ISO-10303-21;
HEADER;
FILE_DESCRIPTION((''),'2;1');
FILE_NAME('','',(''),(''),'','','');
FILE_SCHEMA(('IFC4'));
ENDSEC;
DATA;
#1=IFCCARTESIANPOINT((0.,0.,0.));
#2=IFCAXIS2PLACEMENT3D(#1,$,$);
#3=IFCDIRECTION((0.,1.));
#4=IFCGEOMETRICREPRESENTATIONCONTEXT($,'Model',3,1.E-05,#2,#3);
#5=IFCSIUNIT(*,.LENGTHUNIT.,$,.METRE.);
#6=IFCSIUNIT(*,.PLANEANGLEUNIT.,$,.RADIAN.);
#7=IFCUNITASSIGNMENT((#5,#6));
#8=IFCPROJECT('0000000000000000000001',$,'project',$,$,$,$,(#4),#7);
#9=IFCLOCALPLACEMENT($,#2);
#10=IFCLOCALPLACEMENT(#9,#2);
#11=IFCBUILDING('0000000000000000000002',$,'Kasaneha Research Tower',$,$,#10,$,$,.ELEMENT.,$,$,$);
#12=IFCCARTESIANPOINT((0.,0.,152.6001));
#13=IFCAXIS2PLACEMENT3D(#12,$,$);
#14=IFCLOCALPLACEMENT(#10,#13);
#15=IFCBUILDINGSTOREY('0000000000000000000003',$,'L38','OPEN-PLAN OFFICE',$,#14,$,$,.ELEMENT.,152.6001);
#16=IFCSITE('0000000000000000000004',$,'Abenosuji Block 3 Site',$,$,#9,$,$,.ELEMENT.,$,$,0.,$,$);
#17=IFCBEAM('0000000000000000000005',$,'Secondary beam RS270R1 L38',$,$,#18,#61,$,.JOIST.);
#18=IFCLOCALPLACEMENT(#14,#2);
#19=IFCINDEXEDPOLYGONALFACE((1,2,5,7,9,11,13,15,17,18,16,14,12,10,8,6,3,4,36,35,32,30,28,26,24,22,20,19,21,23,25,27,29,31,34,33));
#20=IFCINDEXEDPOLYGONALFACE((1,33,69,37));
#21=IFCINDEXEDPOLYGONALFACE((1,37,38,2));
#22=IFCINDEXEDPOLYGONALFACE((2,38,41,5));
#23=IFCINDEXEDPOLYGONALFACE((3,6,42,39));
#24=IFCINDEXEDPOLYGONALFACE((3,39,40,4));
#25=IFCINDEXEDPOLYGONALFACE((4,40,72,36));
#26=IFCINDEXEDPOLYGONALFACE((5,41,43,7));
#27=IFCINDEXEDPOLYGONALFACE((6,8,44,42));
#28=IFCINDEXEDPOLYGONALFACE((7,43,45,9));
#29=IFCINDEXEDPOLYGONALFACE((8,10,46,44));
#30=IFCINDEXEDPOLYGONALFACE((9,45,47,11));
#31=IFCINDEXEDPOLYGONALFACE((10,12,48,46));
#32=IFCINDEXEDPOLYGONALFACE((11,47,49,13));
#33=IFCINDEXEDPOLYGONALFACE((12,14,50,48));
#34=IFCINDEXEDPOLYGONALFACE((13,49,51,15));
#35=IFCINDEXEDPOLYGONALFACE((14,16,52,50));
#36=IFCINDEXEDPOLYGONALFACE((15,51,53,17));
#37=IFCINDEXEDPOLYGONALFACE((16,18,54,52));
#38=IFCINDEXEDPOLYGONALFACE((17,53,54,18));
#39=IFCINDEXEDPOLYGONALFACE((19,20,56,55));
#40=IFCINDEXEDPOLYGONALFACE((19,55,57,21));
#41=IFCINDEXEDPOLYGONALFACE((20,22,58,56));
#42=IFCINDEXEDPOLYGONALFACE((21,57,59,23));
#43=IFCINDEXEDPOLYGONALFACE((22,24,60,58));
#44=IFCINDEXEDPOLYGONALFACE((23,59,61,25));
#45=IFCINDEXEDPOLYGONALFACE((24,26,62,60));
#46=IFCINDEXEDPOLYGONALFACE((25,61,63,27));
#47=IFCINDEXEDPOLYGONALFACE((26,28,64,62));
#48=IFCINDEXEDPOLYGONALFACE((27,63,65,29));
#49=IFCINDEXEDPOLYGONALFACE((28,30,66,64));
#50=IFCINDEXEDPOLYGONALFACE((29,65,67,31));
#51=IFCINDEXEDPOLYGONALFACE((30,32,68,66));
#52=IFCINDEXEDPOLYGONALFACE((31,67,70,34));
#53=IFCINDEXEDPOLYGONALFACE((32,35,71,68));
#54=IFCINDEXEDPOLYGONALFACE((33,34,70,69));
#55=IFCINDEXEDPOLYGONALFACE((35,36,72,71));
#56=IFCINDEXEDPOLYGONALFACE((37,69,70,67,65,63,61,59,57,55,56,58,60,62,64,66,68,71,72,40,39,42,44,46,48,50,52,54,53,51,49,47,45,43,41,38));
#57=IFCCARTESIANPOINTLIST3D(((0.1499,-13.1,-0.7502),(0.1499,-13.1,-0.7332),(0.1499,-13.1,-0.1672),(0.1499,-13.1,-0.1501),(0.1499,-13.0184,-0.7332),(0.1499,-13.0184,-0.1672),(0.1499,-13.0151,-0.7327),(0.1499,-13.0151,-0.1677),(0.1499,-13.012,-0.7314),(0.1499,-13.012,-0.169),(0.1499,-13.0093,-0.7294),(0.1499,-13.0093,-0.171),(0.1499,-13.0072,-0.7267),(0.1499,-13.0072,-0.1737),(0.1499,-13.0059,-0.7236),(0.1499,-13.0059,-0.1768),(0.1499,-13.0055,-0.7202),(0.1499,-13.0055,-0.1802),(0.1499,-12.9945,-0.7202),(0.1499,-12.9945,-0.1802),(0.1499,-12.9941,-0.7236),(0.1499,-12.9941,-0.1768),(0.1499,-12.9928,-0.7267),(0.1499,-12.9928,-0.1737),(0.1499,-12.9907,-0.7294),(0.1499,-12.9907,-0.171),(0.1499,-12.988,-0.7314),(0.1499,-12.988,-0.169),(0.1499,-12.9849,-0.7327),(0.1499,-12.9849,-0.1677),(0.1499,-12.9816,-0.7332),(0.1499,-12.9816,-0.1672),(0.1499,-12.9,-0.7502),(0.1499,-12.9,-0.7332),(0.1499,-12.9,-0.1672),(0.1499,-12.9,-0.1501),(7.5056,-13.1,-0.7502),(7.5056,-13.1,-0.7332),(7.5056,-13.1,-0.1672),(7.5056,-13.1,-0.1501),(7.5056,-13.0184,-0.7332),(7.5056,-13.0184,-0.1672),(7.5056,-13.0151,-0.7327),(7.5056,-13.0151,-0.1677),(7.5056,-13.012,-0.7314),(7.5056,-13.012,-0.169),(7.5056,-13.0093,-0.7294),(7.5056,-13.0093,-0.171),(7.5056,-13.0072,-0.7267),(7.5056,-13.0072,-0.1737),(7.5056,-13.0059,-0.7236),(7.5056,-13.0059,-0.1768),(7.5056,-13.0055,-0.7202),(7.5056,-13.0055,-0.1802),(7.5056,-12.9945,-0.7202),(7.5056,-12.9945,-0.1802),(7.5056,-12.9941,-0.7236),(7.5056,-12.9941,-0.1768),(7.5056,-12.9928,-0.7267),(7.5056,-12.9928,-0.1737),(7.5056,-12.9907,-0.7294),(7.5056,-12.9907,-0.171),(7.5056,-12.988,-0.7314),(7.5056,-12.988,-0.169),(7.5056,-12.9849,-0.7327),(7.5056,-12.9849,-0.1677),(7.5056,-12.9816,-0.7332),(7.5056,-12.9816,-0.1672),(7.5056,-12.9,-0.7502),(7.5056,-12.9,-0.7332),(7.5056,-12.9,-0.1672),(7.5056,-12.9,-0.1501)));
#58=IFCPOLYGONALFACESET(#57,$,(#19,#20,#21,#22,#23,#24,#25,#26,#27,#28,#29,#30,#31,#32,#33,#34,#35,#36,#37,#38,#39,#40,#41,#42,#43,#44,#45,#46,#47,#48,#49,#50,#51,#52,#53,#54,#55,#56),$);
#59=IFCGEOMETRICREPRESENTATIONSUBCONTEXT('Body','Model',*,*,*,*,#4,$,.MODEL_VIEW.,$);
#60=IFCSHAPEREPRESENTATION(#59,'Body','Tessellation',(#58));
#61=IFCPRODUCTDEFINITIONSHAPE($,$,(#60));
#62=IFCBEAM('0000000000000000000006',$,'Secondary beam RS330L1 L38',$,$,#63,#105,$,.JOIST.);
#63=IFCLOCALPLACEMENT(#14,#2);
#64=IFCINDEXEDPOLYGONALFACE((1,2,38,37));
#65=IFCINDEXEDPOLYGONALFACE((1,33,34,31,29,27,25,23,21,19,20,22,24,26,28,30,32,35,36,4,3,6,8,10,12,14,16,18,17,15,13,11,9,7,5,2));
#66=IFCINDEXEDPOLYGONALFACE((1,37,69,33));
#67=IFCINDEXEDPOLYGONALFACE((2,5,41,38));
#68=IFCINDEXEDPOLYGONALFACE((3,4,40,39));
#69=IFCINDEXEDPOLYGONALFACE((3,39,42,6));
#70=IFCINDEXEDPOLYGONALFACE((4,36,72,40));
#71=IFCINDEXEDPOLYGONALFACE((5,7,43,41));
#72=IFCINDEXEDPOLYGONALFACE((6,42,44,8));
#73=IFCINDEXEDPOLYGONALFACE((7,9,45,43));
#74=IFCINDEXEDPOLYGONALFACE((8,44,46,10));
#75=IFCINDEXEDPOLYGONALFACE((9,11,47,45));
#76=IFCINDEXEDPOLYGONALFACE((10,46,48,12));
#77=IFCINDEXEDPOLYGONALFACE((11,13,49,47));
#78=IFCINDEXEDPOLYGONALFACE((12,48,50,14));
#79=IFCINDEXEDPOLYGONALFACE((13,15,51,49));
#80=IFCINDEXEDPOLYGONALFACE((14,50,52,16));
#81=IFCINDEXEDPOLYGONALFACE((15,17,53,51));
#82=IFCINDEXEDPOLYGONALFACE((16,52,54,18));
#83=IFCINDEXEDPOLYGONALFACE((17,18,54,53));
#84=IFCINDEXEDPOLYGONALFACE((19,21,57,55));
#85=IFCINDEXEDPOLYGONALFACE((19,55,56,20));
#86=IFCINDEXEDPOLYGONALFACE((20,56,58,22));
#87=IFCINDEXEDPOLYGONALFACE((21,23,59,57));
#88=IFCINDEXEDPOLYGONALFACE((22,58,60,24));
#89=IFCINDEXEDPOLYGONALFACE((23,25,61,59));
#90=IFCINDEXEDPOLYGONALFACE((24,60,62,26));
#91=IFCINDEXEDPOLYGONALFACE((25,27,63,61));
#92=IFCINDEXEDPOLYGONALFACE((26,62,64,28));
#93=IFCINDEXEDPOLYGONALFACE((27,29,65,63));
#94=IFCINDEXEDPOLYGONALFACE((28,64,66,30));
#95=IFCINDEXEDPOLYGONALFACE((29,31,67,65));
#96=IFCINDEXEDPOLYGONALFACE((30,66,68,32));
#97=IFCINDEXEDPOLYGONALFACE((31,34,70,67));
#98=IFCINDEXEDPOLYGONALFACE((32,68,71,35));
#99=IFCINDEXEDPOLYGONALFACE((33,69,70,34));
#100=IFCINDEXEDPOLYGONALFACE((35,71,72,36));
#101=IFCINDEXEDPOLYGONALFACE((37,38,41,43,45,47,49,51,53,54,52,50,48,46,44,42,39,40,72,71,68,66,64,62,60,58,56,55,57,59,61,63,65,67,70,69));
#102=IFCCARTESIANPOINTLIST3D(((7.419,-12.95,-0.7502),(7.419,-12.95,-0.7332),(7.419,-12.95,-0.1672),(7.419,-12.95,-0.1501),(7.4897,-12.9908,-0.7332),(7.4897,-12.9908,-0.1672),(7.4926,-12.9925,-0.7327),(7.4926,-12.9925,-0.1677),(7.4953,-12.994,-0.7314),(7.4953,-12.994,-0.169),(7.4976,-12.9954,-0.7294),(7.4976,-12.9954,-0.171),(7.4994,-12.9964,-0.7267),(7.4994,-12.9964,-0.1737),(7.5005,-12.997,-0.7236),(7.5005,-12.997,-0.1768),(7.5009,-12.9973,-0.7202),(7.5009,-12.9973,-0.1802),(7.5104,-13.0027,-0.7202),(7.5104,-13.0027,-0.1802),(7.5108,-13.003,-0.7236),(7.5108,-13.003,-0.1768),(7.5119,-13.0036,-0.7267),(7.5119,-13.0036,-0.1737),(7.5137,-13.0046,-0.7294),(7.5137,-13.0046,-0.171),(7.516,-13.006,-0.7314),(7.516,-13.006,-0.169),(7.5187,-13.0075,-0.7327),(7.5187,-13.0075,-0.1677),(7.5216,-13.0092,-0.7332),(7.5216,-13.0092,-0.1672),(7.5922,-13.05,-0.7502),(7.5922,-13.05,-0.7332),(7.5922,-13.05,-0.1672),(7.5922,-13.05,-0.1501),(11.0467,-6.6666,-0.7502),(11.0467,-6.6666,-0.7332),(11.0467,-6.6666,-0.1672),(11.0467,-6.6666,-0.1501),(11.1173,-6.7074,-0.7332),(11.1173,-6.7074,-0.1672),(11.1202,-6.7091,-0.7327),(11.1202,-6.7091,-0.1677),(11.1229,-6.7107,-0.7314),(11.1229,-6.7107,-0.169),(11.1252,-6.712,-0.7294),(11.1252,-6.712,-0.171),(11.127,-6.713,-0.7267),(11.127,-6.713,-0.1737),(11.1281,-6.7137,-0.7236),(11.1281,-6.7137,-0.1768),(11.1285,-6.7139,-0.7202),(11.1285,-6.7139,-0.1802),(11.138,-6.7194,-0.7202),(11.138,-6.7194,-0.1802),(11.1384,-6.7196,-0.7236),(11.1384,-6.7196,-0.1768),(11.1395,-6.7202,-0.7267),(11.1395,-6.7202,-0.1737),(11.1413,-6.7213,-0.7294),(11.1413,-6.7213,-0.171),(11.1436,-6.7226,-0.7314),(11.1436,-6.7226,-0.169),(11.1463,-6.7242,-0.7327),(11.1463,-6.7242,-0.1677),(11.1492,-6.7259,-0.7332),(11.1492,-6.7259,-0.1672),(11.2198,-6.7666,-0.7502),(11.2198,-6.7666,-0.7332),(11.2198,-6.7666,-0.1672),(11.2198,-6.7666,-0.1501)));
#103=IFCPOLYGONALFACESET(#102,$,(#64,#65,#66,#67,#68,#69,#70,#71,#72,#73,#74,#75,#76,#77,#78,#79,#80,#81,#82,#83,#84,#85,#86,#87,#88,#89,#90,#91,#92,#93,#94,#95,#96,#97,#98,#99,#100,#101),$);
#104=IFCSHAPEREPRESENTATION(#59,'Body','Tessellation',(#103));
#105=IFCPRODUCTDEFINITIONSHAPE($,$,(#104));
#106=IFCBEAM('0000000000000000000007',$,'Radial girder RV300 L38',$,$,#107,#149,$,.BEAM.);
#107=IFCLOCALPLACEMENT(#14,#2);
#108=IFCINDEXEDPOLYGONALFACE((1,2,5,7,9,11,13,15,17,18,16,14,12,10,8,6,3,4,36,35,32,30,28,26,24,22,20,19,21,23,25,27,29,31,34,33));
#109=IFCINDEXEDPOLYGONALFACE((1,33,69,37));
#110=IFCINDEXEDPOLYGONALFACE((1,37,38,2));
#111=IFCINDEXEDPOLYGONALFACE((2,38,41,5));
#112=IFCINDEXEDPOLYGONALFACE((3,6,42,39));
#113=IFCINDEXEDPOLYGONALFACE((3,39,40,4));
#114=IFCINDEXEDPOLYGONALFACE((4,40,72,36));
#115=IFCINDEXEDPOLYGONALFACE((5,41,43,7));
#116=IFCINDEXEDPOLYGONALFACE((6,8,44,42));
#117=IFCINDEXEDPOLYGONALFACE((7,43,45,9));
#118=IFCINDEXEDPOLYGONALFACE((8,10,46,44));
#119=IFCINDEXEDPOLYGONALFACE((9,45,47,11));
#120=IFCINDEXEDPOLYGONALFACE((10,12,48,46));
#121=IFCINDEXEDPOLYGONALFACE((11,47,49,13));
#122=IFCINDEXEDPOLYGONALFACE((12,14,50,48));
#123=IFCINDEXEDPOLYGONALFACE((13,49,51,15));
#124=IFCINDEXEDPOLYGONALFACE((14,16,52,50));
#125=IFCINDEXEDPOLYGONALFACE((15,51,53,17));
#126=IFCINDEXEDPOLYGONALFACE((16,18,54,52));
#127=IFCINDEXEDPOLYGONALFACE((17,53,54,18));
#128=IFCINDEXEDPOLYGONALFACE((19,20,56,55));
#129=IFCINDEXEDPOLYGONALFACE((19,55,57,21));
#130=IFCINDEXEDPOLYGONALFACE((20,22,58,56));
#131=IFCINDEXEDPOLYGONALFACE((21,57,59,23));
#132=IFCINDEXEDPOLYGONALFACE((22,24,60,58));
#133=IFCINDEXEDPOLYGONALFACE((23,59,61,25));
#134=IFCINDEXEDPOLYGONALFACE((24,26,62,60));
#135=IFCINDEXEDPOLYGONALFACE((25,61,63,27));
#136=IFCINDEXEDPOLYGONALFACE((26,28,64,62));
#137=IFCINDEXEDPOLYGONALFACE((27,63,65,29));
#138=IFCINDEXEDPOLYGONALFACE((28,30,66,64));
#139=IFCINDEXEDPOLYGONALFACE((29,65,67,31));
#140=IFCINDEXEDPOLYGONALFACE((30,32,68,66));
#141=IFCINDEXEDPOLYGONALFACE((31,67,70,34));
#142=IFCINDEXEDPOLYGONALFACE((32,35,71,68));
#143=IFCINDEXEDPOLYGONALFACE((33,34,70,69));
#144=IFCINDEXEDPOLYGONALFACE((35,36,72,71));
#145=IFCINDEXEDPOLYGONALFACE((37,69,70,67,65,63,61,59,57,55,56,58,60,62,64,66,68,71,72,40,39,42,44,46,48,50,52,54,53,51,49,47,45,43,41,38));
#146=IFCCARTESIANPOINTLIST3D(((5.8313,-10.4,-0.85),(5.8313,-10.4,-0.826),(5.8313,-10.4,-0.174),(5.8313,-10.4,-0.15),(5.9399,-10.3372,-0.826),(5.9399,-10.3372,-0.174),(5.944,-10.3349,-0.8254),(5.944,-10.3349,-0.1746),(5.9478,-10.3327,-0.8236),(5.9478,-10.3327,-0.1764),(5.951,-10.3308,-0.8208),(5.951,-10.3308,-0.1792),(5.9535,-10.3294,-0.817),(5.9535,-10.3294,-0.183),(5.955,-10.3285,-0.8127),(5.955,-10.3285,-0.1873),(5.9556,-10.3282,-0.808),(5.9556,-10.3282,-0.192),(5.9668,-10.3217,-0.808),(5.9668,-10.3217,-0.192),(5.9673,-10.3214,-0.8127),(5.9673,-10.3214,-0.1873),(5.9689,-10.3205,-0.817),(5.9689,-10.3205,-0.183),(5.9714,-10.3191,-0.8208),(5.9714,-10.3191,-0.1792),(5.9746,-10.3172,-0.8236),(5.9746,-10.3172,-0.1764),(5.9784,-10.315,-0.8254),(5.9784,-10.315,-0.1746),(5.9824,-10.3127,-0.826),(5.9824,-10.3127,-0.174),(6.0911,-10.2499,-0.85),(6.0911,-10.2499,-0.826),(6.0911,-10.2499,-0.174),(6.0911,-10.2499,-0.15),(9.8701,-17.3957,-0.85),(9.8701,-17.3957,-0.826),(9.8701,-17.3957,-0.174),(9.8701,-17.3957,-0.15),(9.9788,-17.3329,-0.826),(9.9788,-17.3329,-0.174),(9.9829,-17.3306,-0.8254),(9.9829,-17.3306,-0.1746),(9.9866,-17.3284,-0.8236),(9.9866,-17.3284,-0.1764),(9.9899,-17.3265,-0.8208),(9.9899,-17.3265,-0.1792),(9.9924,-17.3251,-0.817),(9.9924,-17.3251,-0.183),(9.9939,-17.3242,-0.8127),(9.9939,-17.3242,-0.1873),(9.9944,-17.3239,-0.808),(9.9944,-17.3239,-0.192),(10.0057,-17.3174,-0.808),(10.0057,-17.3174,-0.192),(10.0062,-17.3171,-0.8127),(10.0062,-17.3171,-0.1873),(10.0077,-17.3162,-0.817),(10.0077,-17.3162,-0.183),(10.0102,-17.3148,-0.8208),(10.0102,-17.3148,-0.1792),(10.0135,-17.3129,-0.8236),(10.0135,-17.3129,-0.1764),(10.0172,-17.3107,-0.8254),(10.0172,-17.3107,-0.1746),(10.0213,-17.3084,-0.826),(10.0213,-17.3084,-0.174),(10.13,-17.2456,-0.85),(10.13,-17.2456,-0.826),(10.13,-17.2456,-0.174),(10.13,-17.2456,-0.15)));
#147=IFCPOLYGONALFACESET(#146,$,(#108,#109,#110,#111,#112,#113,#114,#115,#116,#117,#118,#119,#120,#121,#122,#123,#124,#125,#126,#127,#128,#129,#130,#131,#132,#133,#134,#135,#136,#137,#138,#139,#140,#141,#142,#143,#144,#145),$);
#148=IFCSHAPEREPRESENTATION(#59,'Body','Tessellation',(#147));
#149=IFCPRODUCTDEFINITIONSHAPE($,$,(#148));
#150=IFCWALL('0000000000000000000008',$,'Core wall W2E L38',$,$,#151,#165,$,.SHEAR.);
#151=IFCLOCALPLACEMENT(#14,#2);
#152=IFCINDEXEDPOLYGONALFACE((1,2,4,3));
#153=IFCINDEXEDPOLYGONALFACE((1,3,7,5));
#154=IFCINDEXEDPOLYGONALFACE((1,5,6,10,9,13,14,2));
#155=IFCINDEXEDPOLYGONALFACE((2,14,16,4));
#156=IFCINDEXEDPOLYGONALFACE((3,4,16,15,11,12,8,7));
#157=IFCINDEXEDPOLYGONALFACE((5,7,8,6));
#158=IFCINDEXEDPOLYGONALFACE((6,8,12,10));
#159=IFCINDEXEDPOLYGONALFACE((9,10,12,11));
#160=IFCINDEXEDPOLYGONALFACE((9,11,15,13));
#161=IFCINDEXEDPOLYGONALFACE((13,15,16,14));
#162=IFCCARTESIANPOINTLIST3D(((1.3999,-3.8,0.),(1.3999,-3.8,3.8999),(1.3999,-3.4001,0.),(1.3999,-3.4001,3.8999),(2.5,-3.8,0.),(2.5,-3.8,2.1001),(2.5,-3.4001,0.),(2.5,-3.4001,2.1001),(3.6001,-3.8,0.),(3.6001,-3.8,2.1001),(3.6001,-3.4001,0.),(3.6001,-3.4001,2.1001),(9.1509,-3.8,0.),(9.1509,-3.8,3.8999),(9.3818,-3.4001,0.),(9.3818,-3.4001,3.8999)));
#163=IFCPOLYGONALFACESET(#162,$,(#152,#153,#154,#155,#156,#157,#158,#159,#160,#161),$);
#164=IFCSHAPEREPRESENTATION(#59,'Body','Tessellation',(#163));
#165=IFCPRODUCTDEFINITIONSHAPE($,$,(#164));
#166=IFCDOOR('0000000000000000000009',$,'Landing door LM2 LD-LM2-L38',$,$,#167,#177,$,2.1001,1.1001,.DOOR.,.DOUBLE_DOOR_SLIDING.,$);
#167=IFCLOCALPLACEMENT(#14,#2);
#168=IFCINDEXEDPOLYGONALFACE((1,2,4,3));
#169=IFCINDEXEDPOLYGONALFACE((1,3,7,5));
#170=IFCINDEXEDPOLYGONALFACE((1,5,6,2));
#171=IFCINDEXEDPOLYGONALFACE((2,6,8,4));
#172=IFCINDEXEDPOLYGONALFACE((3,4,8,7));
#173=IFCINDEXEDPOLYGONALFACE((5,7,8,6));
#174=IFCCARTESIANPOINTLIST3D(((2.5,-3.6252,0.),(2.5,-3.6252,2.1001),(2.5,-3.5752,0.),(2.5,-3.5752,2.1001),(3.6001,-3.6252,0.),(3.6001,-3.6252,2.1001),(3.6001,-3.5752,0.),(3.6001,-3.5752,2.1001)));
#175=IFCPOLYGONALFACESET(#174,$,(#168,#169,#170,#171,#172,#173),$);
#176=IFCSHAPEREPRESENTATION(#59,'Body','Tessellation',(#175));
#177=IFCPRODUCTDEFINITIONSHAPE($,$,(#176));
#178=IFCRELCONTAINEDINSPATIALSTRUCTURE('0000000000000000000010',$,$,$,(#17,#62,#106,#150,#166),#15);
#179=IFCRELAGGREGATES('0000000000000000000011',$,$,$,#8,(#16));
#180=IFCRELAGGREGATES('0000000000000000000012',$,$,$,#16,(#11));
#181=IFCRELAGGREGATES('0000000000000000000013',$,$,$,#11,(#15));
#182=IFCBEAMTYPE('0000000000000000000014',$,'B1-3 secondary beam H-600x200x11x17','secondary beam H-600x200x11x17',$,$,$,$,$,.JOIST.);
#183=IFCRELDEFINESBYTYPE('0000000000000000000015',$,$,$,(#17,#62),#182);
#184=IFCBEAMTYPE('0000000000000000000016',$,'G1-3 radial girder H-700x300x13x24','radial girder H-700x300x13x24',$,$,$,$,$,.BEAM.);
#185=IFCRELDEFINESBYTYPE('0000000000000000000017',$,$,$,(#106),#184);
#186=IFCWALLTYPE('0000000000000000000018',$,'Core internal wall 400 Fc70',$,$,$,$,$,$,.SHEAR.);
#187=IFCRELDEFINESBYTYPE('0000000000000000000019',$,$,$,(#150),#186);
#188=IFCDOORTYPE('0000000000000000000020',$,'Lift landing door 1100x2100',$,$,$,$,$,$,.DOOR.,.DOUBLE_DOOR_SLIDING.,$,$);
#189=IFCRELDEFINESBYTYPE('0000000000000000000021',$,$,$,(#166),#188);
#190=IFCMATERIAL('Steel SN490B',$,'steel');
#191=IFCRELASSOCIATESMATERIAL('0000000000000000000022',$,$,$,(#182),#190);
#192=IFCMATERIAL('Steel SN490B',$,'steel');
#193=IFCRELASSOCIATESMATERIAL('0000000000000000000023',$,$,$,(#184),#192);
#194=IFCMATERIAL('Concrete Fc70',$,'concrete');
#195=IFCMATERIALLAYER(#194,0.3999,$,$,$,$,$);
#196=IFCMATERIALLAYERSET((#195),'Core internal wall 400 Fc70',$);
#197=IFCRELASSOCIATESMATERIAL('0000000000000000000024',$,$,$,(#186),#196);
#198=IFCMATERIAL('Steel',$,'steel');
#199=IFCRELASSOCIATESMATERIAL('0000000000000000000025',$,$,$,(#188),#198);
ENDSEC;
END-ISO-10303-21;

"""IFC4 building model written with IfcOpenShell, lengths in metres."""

from ifc_helpers import new_model, si_unit, direction, frame, frame_2d, origin, origin_2d, place, context, subcontext, project, spatial, polyline, rectangle, i_section, outline, extrude, material, layer, layer_set, material_profile, profile_set, type_object, element, fill, save


model = new_model("IFC4")

# Units and contexts
model_context = context("Model", 3, precision=1e-05, world=origin(), true_north=direction((0.0, 1.0)))
body_context = subcontext(model_context, "Body", "Model", "MODEL_VIEW")
ifc_project = project(units=[si_unit("LENGTHUNIT", "METRE"), si_unit("PLANEANGLEUNIT", "RADIAN")], contexts=[model_context])

# Site, building, storey
site_placement = place(None, origin())
site = spatial("IfcSite", under=ifc_project, at=site_placement, Name="Abenosuji Block 3 Site", CompositionType="ELEMENT", RefElevation=0.0)
building_placement = place(site_placement, origin())
building = spatial("IfcBuilding", under=site, at=building_placement, Name="Kasaneha Research Tower", CompositionType="ELEMENT")
storey_placement = place(building_placement, frame((0.0, 0.0, 152.6001)))
storey = spatial("IfcBuildingStorey", under=building, at=storey_placement, Name="L38", Description="OPEN-PLAN OFFICE", CompositionType="ELEMENT", Elevation=152.6001)

# Beams
ifc_material_1 = material(Name="Steel SN490B", Category="steel")
ifc_material_profile_1 = material_profile(ifc_material_1, i_section(OverallWidth=0.2, OverallDepth=0.6001, WebThickness=0.011, FlangeThickness=0.0171, FilletRadius=0.0129, at=origin_2d()), Name="H-600x200x11x17")
ifc_profile_set_1 = profile_set([ifc_material_profile_1], Name="Steel SN490B")
beam_type_1 = type_object("IfcBeamType", Name="B1-3 secondary beam H-600x200x11x17", Description="secondary beam H-600x200x11x17", PredefinedType="JOIST", material=ifc_profile_set_1)
beam_1_placement = place(storey_placement, frame((7.5056, -13.0, -0.4502), z_axis=(-1.0, 0.0, 0.0), x_axis=(0.0, -1.0, 0.0)))
element("IfcBeam", 1, at=beam_1_placement, inside=storey, type_object=beam_type_1, Name="Secondary beam RS270R1 L38", PredefinedType="JOIST", context=body_context, shape_type="SweptSolid", body=[
    extrude(i_section(OverallWidth=0.2, OverallDepth=0.6001, WebThickness=0.011, FlangeThickness=0.0171, FilletRadius=0.0129, at=origin_2d()), origin(), (0.0, 0.0, 1.0), 7.3557),
])
beam_2_placement = place(storey_placement, frame((7.5056, -13.0, -0.4502), z_axis=(0.499993, 0.866029, 0.0), x_axis=(-0.866029, 0.499993, 0.0)))
element("IfcBeam", 2, at=beam_2_placement, inside=storey, type_object=beam_type_1, Name="Secondary beam RS330L1 L38", PredefinedType="JOIST", context=body_context, shape_type="SweptSolid", body=[
    extrude(i_section(OverallWidth=0.2, OverallDepth=0.6001, WebThickness=0.011, FlangeThickness=0.0171, FilletRadius=0.0129, at=origin_2d()), origin(), (0.0, 0.0, 1.0), 7.2554),
])
ifc_material_2 = material(Name="Steel SN490B", Category="steel")
ifc_material_profile_2 = material_profile(ifc_material_2, i_section(OverallWidth=0.3, OverallDepth=0.7, WebThickness=0.0129, FlangeThickness=0.0239, FilletRadius=0.0181, at=origin_2d()), Name="H-700x300x13x24")
ifc_profile_set_2 = profile_set([ifc_material_profile_2], Name="Steel SN490B")
beam_type_2 = type_object("IfcBeamType", Name="G1-3 radial girder H-700x300x13x24", Description="radial girder H-700x300x13x24", PredefinedType="BEAM", material=ifc_profile_set_2)
beam_3_placement = place(storey_placement, frame((5.9612, -10.325, -0.5), z_axis=(0.499991, -0.866031, 0.0), x_axis=(0.866031, 0.499991, 0.0)))
element("IfcBeam", 3, at=beam_3_placement, inside=storey, type_object=beam_type_2, Name="Radial girder RV300 L38", PredefinedType="BEAM", context=body_context, shape_type="SweptSolid", body=[
    extrude(i_section(OverallWidth=0.3, OverallDepth=0.7, WebThickness=0.0129, FlangeThickness=0.0239, FilletRadius=0.0181, at=origin_2d()), origin(), (0.0, 0.0, 1.0), 8.0779),
])

# Wall, opening, door
ifc_material_3 = material(Name="Concrete Fc70", Category="concrete")
ifc_layer_1 = layer(ifc_material_3, 0.3999)
ifc_layer_set_1 = layer_set([ifc_layer_1], Name="Core internal wall 400 Fc70")
wall_type_1 = type_object("IfcWallType", Name="Core internal wall 400 Fc70", PredefinedType="SHEAR", material=ifc_layer_set_1)
wall_1_placement = place(storey_placement, frame((1.3999, -3.6001, 0.0), z_axis=(0.0, 0.0, 1.0), x_axis=(1.0, 0.0, 0.0)))
wall_1 = element("IfcWall", 4, at=wall_1_placement, inside=storey, type_object=wall_type_1, Name="Core wall W2E L38", PredefinedType="SHEAR", context=body_context, shape_type="SweptSolid", body=[
    extrude(outline(polyline([(0.0, -0.2), (1.1001, -0.2), (2.2002, -0.2), (7.751, -0.2), (7.9819, 0.2), (2.2002, 0.2), (1.1001, 0.2), (0.0, 0.2), (0.0, -0.2)])), origin(), (0.0, 0.0, 1.0), 3.8999),
])
opening_1_placement = place(wall_1_placement, frame((1.1001, 0.0, 0.0)))
opening_1 = element("IfcOpeningElement", 5, at=opening_1_placement, cuts=wall_1, PredefinedType="OPENING", context=body_context, shape_type="SweptSolid", body=[
    extrude(rectangle(XDim=1.1001, YDim=2.1001, at=frame_2d((0.55, 1.05))), frame((0.0, 0.21, 0.0), z_axis=(0.0, -1.0, 0.0), x_axis=(1.0, 0.0, 0.0)), (0.0, 0.0, 1.0), 0.4199),
])
ifc_material_4 = material(Name="Steel", Category="steel")
door_type_1 = type_object("IfcDoorType", Name="Lift landing door 1100x2100", OperationType="DOUBLE_DOOR_SLIDING", PredefinedType="DOOR", material=ifc_material_4)
door_1_placement = place(opening_1_placement, origin())
door_1 = element("IfcDoor", 6, at=door_1_placement, inside=storey, type_object=door_type_1, Name="Landing door LM2 LD-LM2-L38", OperationType="DOUBLE_DOOR_SLIDING", OverallHeight=2.1001, OverallWidth=1.1001, PredefinedType="DOOR", context=body_context, shape_type="SweptSolid", body=[
    extrude(rectangle(XDim=1.1001, YDim=2.1001, at=frame_2d((0.55, 1.05))), frame((0.0, 0.0249, 0.0), z_axis=(0.0, -1.0, 0.0), x_axis=(1.0, 0.0, 0.0)), (0.0, 0.0, 1.0), 0.05),
])
fill(opening_1, door_1)

save(model, "model.ifc")
